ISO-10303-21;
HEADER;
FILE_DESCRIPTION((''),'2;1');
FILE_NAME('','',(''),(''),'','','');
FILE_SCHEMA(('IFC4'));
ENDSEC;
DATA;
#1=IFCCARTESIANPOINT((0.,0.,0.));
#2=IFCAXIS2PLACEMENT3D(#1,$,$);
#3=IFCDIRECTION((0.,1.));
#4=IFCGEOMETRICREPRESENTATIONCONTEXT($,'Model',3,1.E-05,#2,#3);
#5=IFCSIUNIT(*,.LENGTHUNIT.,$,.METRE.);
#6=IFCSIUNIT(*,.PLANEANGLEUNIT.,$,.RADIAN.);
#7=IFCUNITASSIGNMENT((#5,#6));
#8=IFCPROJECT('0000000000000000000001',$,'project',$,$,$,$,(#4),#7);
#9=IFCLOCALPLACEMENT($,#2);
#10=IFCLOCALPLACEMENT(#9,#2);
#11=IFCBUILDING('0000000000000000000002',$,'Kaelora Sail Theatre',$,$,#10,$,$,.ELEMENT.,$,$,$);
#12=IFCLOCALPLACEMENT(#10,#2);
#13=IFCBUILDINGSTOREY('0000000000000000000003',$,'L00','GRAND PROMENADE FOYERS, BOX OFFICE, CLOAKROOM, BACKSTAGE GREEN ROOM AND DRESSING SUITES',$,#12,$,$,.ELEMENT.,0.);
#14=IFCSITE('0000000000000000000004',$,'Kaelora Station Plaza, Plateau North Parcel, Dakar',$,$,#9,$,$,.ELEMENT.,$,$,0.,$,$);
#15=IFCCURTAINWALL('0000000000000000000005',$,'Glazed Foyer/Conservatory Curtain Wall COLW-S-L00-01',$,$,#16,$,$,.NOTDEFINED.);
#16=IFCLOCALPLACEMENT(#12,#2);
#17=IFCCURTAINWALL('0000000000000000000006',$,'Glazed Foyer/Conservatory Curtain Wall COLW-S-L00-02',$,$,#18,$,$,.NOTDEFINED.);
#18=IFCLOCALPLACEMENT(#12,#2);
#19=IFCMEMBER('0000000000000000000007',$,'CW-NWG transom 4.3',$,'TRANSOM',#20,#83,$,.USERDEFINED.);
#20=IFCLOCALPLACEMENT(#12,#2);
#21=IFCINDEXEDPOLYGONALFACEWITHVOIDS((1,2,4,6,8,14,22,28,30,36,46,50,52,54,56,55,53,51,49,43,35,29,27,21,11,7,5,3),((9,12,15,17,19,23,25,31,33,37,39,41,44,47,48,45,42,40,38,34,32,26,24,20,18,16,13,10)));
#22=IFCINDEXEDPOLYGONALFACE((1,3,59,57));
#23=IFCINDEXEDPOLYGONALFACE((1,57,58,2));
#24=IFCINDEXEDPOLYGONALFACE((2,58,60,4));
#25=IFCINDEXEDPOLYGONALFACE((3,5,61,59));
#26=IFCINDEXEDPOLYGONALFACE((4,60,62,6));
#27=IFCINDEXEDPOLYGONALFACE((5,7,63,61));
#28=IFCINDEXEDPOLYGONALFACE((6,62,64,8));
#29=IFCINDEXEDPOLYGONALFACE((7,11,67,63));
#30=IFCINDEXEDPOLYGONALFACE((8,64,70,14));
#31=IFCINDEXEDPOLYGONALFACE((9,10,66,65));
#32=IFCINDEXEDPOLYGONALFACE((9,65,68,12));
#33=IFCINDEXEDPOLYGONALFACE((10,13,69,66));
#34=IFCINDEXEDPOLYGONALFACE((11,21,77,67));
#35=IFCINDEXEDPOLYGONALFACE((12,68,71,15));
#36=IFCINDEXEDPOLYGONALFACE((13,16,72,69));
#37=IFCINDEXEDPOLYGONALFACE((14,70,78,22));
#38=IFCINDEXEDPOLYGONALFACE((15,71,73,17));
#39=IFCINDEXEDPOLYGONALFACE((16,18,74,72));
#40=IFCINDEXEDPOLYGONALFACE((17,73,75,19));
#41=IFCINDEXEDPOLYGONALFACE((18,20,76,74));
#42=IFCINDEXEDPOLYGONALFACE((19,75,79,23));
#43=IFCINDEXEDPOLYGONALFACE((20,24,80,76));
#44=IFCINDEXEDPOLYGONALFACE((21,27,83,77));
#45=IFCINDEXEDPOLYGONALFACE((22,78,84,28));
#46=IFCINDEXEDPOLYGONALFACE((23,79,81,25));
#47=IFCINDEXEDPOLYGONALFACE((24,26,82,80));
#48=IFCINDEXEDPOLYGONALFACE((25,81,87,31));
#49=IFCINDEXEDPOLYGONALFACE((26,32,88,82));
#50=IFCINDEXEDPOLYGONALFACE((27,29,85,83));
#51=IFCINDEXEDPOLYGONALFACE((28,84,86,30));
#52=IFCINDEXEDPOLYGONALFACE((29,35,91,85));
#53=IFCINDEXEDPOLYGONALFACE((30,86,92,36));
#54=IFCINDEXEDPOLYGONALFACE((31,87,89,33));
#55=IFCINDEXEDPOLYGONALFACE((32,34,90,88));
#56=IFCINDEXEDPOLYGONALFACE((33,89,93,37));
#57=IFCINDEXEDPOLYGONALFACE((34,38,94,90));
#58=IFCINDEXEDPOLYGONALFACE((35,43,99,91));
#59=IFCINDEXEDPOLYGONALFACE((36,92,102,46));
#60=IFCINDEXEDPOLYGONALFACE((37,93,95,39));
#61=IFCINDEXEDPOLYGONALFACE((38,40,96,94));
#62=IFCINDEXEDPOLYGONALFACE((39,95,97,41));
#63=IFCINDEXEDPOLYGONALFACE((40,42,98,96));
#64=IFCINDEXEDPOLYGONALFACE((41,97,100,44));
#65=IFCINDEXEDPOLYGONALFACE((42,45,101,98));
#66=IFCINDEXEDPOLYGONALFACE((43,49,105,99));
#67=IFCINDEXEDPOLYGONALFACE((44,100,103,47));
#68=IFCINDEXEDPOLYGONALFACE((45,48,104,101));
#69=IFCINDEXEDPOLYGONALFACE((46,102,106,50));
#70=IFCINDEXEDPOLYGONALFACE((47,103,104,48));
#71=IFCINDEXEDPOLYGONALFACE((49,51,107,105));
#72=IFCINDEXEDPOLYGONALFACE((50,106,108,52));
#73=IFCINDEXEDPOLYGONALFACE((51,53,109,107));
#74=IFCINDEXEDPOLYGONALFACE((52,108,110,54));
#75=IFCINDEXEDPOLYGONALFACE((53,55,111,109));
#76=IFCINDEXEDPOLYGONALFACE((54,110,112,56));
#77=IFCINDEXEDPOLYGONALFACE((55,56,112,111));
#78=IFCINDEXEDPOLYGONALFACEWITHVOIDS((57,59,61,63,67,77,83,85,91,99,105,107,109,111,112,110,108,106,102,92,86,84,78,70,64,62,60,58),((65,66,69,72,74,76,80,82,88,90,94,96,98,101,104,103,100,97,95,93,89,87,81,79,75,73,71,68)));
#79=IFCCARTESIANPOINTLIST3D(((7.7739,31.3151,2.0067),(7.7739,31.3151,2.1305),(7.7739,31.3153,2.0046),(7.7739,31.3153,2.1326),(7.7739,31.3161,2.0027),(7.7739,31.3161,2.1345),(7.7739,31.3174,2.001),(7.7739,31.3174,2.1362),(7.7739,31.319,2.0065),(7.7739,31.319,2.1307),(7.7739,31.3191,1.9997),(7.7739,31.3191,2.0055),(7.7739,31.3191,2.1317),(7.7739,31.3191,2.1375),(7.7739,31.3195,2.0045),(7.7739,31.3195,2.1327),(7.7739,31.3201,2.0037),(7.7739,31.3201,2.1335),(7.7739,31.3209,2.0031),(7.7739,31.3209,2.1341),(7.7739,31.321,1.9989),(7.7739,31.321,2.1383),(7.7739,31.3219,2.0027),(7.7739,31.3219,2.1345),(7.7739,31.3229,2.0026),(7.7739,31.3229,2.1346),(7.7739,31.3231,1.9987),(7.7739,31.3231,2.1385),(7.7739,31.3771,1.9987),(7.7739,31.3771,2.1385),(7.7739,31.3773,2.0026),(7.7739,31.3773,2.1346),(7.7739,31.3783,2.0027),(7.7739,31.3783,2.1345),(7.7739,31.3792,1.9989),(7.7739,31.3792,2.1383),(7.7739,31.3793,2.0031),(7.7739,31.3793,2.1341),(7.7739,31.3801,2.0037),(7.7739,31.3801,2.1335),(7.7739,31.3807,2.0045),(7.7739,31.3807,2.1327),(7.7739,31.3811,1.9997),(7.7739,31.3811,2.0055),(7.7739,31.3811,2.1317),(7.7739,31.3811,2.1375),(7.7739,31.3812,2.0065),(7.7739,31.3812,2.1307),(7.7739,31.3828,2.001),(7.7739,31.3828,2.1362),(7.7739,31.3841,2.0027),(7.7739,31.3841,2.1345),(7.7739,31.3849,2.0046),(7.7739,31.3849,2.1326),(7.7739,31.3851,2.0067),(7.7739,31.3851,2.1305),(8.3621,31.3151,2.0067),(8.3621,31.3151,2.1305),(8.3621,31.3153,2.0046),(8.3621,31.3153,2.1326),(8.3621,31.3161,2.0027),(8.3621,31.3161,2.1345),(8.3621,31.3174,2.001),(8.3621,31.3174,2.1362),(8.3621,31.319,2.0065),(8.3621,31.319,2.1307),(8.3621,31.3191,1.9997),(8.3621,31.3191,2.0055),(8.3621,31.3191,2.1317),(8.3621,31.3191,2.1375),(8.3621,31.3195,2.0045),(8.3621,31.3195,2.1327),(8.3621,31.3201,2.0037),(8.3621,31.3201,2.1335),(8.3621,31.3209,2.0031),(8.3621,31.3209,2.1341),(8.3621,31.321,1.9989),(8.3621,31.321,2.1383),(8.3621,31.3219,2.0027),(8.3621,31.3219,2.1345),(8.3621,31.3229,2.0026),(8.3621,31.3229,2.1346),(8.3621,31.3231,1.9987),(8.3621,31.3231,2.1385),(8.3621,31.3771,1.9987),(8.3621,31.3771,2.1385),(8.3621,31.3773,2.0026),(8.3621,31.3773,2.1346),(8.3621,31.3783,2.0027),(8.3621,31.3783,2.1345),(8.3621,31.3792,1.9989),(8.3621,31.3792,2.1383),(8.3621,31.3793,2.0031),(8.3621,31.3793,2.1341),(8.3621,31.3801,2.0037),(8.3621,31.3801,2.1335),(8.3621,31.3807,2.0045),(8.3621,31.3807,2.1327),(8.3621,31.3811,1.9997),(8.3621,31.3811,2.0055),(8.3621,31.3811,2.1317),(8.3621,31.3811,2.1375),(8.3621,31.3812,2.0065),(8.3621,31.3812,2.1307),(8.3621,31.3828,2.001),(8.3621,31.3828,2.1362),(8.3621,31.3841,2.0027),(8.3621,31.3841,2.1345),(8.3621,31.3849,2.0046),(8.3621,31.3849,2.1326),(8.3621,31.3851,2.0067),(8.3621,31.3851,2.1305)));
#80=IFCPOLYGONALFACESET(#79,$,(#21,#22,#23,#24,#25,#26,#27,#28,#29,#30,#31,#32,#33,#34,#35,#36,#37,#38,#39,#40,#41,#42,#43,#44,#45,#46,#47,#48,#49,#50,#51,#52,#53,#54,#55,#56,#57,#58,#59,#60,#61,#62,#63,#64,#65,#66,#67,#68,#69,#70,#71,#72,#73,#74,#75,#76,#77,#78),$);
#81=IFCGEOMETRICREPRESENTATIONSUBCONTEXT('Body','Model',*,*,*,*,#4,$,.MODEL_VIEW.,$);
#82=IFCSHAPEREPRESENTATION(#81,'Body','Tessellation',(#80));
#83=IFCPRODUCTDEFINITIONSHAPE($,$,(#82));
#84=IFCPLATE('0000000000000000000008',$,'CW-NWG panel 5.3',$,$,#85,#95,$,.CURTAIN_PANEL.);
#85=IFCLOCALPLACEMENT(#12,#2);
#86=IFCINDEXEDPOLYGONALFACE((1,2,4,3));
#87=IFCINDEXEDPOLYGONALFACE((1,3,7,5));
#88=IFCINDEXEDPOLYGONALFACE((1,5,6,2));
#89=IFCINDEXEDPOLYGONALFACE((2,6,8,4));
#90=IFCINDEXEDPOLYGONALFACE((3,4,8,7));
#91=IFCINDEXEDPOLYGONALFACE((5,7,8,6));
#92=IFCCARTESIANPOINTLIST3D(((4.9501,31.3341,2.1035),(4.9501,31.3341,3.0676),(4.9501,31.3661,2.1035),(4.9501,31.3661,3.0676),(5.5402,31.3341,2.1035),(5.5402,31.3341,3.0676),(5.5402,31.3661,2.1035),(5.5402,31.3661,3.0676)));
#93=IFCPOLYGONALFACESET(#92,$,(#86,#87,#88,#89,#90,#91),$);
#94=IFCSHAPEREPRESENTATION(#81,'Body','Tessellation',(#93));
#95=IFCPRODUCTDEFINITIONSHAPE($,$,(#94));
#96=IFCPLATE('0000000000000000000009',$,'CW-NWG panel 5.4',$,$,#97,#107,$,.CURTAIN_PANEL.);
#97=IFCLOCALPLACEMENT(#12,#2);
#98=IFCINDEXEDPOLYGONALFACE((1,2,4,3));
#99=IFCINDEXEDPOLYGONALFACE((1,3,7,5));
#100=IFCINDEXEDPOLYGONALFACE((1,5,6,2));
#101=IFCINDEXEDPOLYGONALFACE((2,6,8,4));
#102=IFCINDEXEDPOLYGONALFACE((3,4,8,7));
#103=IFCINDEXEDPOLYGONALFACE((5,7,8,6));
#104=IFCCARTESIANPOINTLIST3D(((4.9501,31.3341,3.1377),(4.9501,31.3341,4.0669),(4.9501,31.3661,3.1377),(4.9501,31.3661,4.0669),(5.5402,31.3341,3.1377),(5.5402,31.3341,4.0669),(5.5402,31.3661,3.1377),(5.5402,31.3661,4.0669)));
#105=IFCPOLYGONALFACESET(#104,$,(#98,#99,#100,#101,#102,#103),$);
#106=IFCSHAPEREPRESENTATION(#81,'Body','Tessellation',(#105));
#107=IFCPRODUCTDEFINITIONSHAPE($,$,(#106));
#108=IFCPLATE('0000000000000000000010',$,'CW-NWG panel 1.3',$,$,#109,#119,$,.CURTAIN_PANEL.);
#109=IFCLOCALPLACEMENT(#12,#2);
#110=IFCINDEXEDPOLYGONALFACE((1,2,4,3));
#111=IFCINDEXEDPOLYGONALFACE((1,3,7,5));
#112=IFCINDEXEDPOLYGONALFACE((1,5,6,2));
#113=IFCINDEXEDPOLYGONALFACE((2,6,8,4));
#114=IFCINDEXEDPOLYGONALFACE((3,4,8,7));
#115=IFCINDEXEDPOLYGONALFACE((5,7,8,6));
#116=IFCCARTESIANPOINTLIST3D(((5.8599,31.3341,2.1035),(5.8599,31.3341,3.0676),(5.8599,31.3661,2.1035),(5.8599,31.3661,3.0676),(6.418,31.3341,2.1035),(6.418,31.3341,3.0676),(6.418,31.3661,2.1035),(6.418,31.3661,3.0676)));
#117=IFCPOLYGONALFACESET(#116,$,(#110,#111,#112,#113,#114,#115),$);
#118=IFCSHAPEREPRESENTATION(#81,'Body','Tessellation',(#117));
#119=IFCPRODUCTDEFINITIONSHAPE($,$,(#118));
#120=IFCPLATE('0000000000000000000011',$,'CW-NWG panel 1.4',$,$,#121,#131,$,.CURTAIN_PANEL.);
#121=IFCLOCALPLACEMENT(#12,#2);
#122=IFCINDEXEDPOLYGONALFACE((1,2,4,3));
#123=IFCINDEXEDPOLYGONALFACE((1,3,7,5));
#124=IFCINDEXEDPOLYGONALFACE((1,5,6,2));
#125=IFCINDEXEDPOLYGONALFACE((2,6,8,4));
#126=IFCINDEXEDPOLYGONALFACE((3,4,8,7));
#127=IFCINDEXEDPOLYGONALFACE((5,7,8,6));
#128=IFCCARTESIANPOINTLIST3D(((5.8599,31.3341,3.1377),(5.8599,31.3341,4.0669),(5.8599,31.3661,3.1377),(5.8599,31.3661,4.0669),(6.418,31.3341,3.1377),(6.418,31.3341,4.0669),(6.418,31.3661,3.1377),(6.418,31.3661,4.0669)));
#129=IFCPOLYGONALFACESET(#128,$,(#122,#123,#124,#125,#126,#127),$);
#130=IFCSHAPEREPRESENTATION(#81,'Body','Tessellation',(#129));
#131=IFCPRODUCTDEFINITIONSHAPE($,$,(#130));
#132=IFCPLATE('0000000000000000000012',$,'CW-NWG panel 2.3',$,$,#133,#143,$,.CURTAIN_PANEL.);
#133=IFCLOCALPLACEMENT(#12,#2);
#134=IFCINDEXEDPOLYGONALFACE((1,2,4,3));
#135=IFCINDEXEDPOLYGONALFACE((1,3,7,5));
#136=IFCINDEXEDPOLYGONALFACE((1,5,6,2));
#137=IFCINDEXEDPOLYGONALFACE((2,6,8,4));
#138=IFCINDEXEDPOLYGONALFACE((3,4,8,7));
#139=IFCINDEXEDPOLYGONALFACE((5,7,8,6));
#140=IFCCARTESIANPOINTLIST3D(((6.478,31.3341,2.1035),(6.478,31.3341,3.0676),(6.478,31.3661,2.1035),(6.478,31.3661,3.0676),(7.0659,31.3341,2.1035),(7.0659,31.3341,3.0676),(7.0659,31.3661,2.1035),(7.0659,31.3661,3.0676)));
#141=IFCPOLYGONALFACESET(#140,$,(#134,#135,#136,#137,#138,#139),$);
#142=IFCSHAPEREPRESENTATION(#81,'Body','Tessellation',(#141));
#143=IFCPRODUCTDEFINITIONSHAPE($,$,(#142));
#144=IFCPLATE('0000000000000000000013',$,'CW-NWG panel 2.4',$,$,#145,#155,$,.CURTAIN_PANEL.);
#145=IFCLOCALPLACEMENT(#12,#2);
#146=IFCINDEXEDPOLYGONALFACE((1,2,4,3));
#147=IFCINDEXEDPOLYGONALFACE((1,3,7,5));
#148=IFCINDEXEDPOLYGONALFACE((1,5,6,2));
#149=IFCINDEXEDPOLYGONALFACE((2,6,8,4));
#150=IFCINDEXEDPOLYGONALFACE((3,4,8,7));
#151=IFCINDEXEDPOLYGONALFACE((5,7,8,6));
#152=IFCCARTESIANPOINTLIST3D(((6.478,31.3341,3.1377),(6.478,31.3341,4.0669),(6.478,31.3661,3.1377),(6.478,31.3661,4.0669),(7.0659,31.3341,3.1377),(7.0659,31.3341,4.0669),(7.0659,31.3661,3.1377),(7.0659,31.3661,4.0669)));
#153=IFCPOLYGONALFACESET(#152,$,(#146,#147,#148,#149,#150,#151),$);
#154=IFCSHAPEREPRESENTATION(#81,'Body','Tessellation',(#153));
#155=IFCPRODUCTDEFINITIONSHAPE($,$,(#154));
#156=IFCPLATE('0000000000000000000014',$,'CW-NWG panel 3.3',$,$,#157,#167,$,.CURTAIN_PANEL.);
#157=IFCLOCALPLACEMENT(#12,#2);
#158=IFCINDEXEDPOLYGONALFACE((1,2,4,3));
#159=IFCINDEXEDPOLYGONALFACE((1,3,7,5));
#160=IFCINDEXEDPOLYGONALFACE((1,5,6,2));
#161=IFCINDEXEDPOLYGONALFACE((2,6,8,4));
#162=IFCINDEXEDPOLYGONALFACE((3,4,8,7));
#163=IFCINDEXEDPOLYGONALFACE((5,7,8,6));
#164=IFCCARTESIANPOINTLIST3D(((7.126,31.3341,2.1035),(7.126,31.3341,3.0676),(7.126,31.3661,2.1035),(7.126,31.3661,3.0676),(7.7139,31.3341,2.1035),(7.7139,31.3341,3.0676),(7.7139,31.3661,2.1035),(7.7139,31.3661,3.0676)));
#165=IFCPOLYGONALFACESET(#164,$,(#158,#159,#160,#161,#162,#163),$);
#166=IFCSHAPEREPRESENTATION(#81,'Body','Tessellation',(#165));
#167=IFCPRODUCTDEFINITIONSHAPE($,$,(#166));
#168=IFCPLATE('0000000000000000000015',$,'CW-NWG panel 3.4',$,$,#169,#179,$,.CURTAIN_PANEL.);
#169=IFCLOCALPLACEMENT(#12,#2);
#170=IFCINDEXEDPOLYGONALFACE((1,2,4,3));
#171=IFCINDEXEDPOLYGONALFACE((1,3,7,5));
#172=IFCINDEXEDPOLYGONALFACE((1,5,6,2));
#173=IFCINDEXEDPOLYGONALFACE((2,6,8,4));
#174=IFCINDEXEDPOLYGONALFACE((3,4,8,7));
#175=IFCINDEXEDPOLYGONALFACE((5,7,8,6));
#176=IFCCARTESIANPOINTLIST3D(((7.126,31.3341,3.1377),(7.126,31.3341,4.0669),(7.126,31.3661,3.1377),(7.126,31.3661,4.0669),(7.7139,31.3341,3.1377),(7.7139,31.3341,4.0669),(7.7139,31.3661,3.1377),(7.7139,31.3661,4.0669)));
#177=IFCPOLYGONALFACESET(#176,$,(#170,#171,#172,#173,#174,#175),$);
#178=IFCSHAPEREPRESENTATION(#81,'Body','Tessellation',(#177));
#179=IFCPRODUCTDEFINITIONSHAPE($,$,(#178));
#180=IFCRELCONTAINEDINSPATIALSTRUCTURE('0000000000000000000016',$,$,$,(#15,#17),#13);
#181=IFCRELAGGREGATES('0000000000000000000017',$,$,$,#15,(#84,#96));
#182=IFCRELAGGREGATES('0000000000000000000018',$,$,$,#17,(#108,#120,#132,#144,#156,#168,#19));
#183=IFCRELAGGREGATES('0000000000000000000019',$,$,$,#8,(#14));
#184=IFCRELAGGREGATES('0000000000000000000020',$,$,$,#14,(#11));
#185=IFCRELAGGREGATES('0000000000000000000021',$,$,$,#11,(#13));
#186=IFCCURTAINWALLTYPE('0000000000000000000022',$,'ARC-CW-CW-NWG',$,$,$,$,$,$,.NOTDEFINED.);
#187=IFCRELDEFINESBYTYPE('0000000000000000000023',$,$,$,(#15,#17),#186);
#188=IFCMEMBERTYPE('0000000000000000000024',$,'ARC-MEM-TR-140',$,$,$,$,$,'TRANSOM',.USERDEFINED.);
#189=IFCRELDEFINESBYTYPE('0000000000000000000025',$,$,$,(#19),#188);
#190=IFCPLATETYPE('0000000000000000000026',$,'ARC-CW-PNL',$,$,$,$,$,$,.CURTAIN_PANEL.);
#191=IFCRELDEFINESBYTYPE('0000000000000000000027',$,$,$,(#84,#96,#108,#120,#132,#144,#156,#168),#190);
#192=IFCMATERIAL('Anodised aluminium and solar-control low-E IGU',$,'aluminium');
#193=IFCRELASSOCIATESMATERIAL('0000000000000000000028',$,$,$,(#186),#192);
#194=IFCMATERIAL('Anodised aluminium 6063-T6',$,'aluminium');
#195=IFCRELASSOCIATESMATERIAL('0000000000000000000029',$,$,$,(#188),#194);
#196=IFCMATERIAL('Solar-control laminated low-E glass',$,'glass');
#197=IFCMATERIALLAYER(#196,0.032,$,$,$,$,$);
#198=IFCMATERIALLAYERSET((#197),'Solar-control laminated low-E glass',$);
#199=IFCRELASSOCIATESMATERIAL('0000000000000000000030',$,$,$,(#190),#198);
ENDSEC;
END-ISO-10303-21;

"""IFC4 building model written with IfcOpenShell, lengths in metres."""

from ifc_helpers import new_model, si_unit, direction, frame, origin, origin_2d, place, context, subcontext, project, spatial, rectangle, hollow_rectangle, extrude, material, layer, layer_set, material_profile, profile_set, type_object, element, aggregate, save


model = new_model("IFC4")

# Units and contexts
model_context = context("Model", 3, precision=1e-05, world=origin(), true_north=direction((0.0, 1.0)))
body_context = subcontext(model_context, "Body", "Model", "MODEL_VIEW")
ifc_project = project(units=[si_unit("LENGTHUNIT", "METRE"), si_unit("PLANEANGLEUNIT", "RADIAN")], contexts=[model_context])

# Site, building, storey
site_placement = place(None, origin())
site = spatial("IfcSite", under=ifc_project, at=site_placement, Name="Kaelora Station Plaza, Plateau North Parcel, Dakar", CompositionType="ELEMENT", RefElevation=0.0)
building_placement = place(site_placement, origin())
building = spatial("IfcBuilding", under=site, at=building_placement, Name="Kaelora Sail Theatre", CompositionType="ELEMENT")
storey_placement = place(building_placement, origin())
storey = spatial("IfcBuildingStorey", under=building, at=storey_placement, Name="L00", Description="GRAND PROMENADE FOYERS, BOX OFFICE, CLOAKROOM, BACKSTAGE GREEN ROOM AND DRESSING SUITES", CompositionType="ELEMENT", Elevation=0.0)

# Curtain walls, member
ifc_material_1 = material(Name="Anodised aluminium and solar-control low-E IGU", Category="aluminium")
curtain_wall_type = type_object("IfcCurtainWallType", Name="ARC-CW-CW-NWG", PredefinedType="NOTDEFINED", material=ifc_material_1)
curtain_wall_1_placement = place(storey_placement, origin())
curtain_wall_1 = element("IfcCurtainWall", 1, at=curtain_wall_1_placement, inside=storey, type_object=curtain_wall_type, Name="Glazed Foyer/Conservatory Curtain Wall COLW-S-L00-01", PredefinedType="NOTDEFINED")
ifc_material_2 = material(Name="Anodised aluminium 6063-T6", Category="aluminium")
ifc_material_profile = material_profile(ifc_material_2, hollow_rectangle(XDim=0.0701, YDim=0.1399, WallThickness=0.0039, InnerFilletRadius=0.0039, OuterFilletRadius=0.0081, at=origin_2d()), Name="ALU-TRAN 70x140x4")
ifc_profile_set = profile_set([ifc_material_profile], Name="Anodised aluminium 6063-T6")
member_type = type_object("IfcMemberType", Name="ARC-MEM-TR-140", ElementType="TRANSOM", PredefinedType="USERDEFINED", material=ifc_profile_set)
curtain_wall_2_placement = place(storey_placement, origin())
curtain_wall_2 = element("IfcCurtainWall", 2, at=curtain_wall_2_placement, inside=storey, type_object=curtain_wall_type, Name="Glazed Foyer/Conservatory Curtain Wall COLW-S-L00-02", PredefinedType="NOTDEFINED")
member_1_placement = place(storey_placement, frame((7.7739, 31.3501, 2.0686), z_axis=(1.0, 0.0, 0.0), x_axis=(0.0, 1.0, 0.0)))
member_1 = element("IfcMember", 3, at=member_1_placement, type_object=member_type, Name="CW-NWG transom 4.3", ObjectType="TRANSOM", PredefinedType="USERDEFINED", context=body_context, shape_type="SweptSolid", body=[
    extrude(hollow_rectangle(XDim=0.0701, YDim=0.1399, WallThickness=0.0039, InnerFilletRadius=0.0039, OuterFilletRadius=0.0081, at=origin_2d()), origin(), (0.0, 0.0, 1.0), 0.5881),
])

# Plates
ifc_material_3 = material(Name="Solar-control laminated low-E glass", Category="glass")
ifc_layer = layer(ifc_material_3, 0.032)
ifc_layer_set = layer_set([ifc_layer], Name="Solar-control laminated low-E glass")
plate_type = type_object("IfcPlateType", Name="ARC-CW-PNL", PredefinedType="CURTAIN_PANEL", material=ifc_layer_set)
plate_1_placement = place(storey_placement, frame((5.2451, 31.3501, 2.1035), z_axis=(0.0, 0.0, 1.0), x_axis=(1.0, 0.0, 0.0)))
plate_1 = element("IfcPlate", 4, at=plate_1_placement, type_object=plate_type, Name="CW-NWG panel 5.3", PredefinedType="CURTAIN_PANEL", context=body_context, shape_type="SweptSolid", body=[
    extrude(rectangle(XDim=0.5901, YDim=0.032, at=origin_2d()), origin(), (0.0, 0.0, 1.0), 0.9641),
])
plate_2_placement = place(storey_placement, frame((5.2451, 31.3501, 3.1377), z_axis=(0.0, 0.0, 1.0), x_axis=(1.0, 0.0, 0.0)))
plate_2 = element("IfcPlate", 5, at=plate_2_placement, type_object=plate_type, Name="CW-NWG panel 5.4", PredefinedType="CURTAIN_PANEL", context=body_context, shape_type="SweptSolid", body=[
    extrude(rectangle(XDim=0.5901, YDim=0.032, at=origin_2d()), origin(), (0.0, 0.0, 1.0), 0.9292),
])
aggregate(curtain_wall_1, [plate_1, plate_2])
plate_3_placement = place(storey_placement, frame((6.1389, 31.3501, 2.1035), z_axis=(0.0, 0.0, 1.0), x_axis=(1.0, 0.0, 0.0)))
plate_3 = element("IfcPlate", 6, at=plate_3_placement, type_object=plate_type, Name="CW-NWG panel 1.3", PredefinedType="CURTAIN_PANEL", context=body_context, shape_type="SweptSolid", body=[
    extrude(rectangle(XDim=0.5581, YDim=0.032, at=origin_2d()), origin(), (0.0, 0.0, 1.0), 0.9641),
])
plate_4_placement = place(storey_placement, frame((6.1389, 31.3501, 3.1377), z_axis=(0.0, 0.0, 1.0), x_axis=(1.0, 0.0, 0.0)))
plate_4 = element("IfcPlate", 7, at=plate_4_placement, type_object=plate_type, Name="CW-NWG panel 1.4", PredefinedType="CURTAIN_PANEL", context=body_context, shape_type="SweptSolid", body=[
    extrude(rectangle(XDim=0.5581, YDim=0.032, at=origin_2d()), origin(), (0.0, 0.0, 1.0), 0.9292),
])
plate_5_placement = place(storey_placement, frame((6.772, 31.3501, 2.1035), z_axis=(0.0, 0.0, 1.0), x_axis=(1.0, 0.0, 0.0)))
plate_5 = element("IfcPlate", 8, at=plate_5_placement, type_object=plate_type, Name="CW-NWG panel 2.3", PredefinedType="CURTAIN_PANEL", context=body_context, shape_type="SweptSolid", body=[
    extrude(rectangle(XDim=0.5879, YDim=0.032, at=origin_2d()), origin(), (0.0, 0.0, 1.0), 0.9641),
])
plate_6_placement = place(storey_placement, frame((6.772, 31.3501, 3.1377), z_axis=(0.0, 0.0, 1.0), x_axis=(1.0, 0.0, 0.0)))
plate_6 = element("IfcPlate", 9, at=plate_6_placement, type_object=plate_type, Name="CW-NWG panel 2.4", PredefinedType="CURTAIN_PANEL", context=body_context, shape_type="SweptSolid", body=[
    extrude(rectangle(XDim=0.5879, YDim=0.032, at=origin_2d()), origin(), (0.0, 0.0, 1.0), 0.9292),
])
plate_7_placement = place(storey_placement, frame((7.4199, 31.3501, 2.1035), z_axis=(0.0, 0.0, 1.0), x_axis=(1.0, 0.0, 0.0)))
plate_7 = element("IfcPlate", 10, at=plate_7_placement, type_object=plate_type, Name="CW-NWG panel 3.3", PredefinedType="CURTAIN_PANEL", context=body_context, shape_type="SweptSolid", body=[
    extrude(rectangle(XDim=0.5879, YDim=0.032, at=origin_2d()), origin(), (0.0, 0.0, 1.0), 0.9641),
])
plate_8_placement = place(storey_placement, frame((7.4199, 31.3501, 3.1377), z_axis=(0.0, 0.0, 1.0), x_axis=(1.0, 0.0, 0.0)))
plate_8 = element("IfcPlate", 11, at=plate_8_placement, type_object=plate_type, Name="CW-NWG panel 3.4", PredefinedType="CURTAIN_PANEL", context=body_context, shape_type="SweptSolid", body=[
    extrude(rectangle(XDim=0.5879, YDim=0.032, at=origin_2d()), origin(), (0.0, 0.0, 1.0), 0.9292),
])
aggregate(curtain_wall_2, [plate_3, plate_4, plate_5, plate_6, plate_7, plate_8, member_1])

save(model, "model.ifc")
